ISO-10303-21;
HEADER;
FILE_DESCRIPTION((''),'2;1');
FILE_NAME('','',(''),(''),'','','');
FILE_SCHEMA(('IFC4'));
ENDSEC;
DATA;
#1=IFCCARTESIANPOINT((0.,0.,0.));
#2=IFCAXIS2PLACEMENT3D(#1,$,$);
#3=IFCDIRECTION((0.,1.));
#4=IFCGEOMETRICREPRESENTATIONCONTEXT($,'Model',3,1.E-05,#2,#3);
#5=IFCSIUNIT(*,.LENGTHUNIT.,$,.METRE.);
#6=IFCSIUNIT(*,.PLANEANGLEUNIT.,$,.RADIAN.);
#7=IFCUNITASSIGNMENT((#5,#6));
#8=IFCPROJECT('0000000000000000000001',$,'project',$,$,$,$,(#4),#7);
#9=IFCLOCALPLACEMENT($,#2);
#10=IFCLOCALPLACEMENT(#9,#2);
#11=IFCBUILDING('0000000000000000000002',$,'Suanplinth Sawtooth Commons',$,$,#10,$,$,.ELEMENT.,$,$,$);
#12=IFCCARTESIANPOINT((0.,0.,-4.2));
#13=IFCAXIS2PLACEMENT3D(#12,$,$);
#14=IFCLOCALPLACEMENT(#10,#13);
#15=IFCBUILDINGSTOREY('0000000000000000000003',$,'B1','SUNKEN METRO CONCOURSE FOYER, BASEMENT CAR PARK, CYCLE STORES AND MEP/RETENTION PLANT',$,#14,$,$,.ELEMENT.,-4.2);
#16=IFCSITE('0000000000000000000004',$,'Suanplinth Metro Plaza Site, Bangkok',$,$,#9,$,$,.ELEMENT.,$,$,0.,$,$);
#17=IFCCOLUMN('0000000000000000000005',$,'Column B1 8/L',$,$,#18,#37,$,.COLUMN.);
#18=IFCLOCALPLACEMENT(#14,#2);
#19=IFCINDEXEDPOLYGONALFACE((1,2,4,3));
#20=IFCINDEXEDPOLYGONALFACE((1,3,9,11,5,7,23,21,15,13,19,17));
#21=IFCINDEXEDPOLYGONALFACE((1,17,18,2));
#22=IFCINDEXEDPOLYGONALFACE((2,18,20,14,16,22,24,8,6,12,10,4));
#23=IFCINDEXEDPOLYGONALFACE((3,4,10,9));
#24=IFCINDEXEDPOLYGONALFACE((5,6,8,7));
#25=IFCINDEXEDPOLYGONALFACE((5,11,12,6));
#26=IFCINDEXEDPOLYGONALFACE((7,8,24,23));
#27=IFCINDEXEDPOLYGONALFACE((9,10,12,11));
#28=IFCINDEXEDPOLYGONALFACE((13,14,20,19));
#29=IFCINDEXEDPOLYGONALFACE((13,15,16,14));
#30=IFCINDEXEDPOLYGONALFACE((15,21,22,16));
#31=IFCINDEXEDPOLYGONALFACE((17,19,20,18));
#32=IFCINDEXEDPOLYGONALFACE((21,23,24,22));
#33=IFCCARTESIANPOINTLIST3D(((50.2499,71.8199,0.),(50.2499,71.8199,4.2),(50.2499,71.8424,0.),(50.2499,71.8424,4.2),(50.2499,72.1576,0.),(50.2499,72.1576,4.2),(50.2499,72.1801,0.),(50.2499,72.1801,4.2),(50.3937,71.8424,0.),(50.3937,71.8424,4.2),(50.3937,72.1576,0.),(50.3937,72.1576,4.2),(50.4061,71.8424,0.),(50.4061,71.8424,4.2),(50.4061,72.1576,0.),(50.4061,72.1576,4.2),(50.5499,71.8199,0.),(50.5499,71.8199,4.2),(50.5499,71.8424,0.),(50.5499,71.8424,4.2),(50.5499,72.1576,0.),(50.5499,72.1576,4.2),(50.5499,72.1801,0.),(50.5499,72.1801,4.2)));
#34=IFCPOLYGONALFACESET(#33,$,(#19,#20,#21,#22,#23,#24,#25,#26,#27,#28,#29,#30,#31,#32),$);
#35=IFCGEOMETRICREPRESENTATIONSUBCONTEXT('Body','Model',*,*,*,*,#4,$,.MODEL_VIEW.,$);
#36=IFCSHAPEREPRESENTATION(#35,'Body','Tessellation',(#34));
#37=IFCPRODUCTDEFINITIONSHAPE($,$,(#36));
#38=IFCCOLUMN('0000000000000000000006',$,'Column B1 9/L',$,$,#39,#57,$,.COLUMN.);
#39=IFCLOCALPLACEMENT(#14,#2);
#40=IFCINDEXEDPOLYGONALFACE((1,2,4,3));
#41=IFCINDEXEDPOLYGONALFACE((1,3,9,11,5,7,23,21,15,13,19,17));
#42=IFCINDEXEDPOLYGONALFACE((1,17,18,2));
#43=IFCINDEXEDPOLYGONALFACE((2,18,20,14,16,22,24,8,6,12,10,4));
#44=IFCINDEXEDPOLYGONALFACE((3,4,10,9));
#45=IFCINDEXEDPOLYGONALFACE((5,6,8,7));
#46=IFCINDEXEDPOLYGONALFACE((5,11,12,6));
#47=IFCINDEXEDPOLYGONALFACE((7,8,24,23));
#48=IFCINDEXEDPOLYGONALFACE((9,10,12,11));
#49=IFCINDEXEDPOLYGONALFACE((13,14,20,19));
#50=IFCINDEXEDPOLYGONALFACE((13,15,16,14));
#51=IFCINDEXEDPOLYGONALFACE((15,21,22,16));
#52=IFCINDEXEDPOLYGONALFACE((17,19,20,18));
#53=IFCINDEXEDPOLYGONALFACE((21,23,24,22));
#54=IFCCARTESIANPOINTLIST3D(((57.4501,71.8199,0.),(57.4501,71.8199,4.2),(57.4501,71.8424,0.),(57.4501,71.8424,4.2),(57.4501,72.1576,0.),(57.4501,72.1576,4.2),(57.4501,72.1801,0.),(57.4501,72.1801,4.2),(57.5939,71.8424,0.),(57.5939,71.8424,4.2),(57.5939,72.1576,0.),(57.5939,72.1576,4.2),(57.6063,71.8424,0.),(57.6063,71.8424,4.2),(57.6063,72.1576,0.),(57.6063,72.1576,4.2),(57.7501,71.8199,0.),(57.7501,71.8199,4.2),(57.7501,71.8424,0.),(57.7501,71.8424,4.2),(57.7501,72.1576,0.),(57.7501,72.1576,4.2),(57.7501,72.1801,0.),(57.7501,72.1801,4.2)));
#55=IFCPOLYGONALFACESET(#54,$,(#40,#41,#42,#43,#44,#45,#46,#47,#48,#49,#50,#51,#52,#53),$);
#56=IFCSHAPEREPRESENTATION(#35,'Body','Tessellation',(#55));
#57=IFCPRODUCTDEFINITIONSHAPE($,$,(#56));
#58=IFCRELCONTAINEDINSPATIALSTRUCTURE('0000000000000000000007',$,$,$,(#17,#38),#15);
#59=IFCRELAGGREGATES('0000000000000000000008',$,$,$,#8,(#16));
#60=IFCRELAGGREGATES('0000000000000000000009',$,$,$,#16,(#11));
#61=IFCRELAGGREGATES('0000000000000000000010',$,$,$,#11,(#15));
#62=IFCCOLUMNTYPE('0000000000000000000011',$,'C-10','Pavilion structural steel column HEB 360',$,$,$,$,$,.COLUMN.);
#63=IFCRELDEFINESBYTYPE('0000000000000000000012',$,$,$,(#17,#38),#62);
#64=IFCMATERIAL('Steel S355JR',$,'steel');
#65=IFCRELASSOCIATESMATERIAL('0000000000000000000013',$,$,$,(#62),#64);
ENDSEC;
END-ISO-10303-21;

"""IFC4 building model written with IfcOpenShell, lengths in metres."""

from ifc_helpers import new_model, si_unit, direction, frame, origin, origin_2d, place, context, subcontext, project, spatial, i_section, extrude, material, material_profile, profile_set, type_object, element, save


model = new_model("IFC4")

# Units and contexts
model_context = context("Model", 3, precision=1e-05, world=origin(), true_north=direction((0.0, 1.0)))
body_context = subcontext(model_context, "Body", "Model", "MODEL_VIEW")
ifc_project = project(units=[si_unit("LENGTHUNIT", "METRE"), si_unit("PLANEANGLEUNIT", "RADIAN")], contexts=[model_context])

# Site, building, storey
site_placement = place(None, origin())
site = spatial("IfcSite", under=ifc_project, at=site_placement, Name="Suanplinth Metro Plaza Site, Bangkok", CompositionType="ELEMENT", RefElevation=0.0)
building_placement = place(site_placement, origin())
building = spatial("IfcBuilding", under=site, at=building_placement, Name="Suanplinth Sawtooth Commons", CompositionType="ELEMENT")
storey_placement = place(building_placement, frame((0.0, 0.0, -4.2)))
storey = spatial("IfcBuildingStorey", under=building, at=storey_placement, Name="B1", Description="SUNKEN METRO CONCOURSE FOYER, BASEMENT CAR PARK, CYCLE STORES AND MEP/RETENTION PLANT", CompositionType="ELEMENT", Elevation=-4.2)

# Columns
ifc_material_1 = material(Name="Steel S355JR", Category="steel")
ifc_material_profile_1 = material_profile(ifc_material_1, i_section(OverallWidth=0.3, OverallDepth=0.3601, WebThickness=0.0125, FlangeThickness=0.0225, at=origin_2d()), Name="HEB 360")
ifc_profile_set_1 = profile_set([ifc_material_profile_1], Name="Steel S355JR")
column_type_1 = type_object("IfcColumnType", Name="C-10", Description="Pavilion structural steel column HEB 360", PredefinedType="COLUMN", material=ifc_profile_set_1)
for number, where, z_axis, x_axis, name in (
    (1, (50.3999, 72.0, 0.0), (0.0, 0.0, 1.0), (1.0, 0.0, 0.0), "Column B1 8/L"),
    (2, (57.6001, 72.0, 0.0), (0.0, 0.0, 1.0), (1.0, 0.0, 0.0), "Column B1 9/L"),
):
    element("IfcColumn", number, at=place(storey_placement, frame(where, z_axis=z_axis, x_axis=x_axis)), inside=storey, type_object=column_type_1, Name=name, PredefinedType="COLUMN", context=body_context, shape_type="SweptSolid", body=[
        extrude(i_section(OverallWidth=0.3, OverallDepth=0.3601, WebThickness=0.0125, FlangeThickness=0.0225, at=origin_2d()), origin(), (0.0, 0.0, 1.0), 4.2),
    ])

save(model, "model.ifc")
